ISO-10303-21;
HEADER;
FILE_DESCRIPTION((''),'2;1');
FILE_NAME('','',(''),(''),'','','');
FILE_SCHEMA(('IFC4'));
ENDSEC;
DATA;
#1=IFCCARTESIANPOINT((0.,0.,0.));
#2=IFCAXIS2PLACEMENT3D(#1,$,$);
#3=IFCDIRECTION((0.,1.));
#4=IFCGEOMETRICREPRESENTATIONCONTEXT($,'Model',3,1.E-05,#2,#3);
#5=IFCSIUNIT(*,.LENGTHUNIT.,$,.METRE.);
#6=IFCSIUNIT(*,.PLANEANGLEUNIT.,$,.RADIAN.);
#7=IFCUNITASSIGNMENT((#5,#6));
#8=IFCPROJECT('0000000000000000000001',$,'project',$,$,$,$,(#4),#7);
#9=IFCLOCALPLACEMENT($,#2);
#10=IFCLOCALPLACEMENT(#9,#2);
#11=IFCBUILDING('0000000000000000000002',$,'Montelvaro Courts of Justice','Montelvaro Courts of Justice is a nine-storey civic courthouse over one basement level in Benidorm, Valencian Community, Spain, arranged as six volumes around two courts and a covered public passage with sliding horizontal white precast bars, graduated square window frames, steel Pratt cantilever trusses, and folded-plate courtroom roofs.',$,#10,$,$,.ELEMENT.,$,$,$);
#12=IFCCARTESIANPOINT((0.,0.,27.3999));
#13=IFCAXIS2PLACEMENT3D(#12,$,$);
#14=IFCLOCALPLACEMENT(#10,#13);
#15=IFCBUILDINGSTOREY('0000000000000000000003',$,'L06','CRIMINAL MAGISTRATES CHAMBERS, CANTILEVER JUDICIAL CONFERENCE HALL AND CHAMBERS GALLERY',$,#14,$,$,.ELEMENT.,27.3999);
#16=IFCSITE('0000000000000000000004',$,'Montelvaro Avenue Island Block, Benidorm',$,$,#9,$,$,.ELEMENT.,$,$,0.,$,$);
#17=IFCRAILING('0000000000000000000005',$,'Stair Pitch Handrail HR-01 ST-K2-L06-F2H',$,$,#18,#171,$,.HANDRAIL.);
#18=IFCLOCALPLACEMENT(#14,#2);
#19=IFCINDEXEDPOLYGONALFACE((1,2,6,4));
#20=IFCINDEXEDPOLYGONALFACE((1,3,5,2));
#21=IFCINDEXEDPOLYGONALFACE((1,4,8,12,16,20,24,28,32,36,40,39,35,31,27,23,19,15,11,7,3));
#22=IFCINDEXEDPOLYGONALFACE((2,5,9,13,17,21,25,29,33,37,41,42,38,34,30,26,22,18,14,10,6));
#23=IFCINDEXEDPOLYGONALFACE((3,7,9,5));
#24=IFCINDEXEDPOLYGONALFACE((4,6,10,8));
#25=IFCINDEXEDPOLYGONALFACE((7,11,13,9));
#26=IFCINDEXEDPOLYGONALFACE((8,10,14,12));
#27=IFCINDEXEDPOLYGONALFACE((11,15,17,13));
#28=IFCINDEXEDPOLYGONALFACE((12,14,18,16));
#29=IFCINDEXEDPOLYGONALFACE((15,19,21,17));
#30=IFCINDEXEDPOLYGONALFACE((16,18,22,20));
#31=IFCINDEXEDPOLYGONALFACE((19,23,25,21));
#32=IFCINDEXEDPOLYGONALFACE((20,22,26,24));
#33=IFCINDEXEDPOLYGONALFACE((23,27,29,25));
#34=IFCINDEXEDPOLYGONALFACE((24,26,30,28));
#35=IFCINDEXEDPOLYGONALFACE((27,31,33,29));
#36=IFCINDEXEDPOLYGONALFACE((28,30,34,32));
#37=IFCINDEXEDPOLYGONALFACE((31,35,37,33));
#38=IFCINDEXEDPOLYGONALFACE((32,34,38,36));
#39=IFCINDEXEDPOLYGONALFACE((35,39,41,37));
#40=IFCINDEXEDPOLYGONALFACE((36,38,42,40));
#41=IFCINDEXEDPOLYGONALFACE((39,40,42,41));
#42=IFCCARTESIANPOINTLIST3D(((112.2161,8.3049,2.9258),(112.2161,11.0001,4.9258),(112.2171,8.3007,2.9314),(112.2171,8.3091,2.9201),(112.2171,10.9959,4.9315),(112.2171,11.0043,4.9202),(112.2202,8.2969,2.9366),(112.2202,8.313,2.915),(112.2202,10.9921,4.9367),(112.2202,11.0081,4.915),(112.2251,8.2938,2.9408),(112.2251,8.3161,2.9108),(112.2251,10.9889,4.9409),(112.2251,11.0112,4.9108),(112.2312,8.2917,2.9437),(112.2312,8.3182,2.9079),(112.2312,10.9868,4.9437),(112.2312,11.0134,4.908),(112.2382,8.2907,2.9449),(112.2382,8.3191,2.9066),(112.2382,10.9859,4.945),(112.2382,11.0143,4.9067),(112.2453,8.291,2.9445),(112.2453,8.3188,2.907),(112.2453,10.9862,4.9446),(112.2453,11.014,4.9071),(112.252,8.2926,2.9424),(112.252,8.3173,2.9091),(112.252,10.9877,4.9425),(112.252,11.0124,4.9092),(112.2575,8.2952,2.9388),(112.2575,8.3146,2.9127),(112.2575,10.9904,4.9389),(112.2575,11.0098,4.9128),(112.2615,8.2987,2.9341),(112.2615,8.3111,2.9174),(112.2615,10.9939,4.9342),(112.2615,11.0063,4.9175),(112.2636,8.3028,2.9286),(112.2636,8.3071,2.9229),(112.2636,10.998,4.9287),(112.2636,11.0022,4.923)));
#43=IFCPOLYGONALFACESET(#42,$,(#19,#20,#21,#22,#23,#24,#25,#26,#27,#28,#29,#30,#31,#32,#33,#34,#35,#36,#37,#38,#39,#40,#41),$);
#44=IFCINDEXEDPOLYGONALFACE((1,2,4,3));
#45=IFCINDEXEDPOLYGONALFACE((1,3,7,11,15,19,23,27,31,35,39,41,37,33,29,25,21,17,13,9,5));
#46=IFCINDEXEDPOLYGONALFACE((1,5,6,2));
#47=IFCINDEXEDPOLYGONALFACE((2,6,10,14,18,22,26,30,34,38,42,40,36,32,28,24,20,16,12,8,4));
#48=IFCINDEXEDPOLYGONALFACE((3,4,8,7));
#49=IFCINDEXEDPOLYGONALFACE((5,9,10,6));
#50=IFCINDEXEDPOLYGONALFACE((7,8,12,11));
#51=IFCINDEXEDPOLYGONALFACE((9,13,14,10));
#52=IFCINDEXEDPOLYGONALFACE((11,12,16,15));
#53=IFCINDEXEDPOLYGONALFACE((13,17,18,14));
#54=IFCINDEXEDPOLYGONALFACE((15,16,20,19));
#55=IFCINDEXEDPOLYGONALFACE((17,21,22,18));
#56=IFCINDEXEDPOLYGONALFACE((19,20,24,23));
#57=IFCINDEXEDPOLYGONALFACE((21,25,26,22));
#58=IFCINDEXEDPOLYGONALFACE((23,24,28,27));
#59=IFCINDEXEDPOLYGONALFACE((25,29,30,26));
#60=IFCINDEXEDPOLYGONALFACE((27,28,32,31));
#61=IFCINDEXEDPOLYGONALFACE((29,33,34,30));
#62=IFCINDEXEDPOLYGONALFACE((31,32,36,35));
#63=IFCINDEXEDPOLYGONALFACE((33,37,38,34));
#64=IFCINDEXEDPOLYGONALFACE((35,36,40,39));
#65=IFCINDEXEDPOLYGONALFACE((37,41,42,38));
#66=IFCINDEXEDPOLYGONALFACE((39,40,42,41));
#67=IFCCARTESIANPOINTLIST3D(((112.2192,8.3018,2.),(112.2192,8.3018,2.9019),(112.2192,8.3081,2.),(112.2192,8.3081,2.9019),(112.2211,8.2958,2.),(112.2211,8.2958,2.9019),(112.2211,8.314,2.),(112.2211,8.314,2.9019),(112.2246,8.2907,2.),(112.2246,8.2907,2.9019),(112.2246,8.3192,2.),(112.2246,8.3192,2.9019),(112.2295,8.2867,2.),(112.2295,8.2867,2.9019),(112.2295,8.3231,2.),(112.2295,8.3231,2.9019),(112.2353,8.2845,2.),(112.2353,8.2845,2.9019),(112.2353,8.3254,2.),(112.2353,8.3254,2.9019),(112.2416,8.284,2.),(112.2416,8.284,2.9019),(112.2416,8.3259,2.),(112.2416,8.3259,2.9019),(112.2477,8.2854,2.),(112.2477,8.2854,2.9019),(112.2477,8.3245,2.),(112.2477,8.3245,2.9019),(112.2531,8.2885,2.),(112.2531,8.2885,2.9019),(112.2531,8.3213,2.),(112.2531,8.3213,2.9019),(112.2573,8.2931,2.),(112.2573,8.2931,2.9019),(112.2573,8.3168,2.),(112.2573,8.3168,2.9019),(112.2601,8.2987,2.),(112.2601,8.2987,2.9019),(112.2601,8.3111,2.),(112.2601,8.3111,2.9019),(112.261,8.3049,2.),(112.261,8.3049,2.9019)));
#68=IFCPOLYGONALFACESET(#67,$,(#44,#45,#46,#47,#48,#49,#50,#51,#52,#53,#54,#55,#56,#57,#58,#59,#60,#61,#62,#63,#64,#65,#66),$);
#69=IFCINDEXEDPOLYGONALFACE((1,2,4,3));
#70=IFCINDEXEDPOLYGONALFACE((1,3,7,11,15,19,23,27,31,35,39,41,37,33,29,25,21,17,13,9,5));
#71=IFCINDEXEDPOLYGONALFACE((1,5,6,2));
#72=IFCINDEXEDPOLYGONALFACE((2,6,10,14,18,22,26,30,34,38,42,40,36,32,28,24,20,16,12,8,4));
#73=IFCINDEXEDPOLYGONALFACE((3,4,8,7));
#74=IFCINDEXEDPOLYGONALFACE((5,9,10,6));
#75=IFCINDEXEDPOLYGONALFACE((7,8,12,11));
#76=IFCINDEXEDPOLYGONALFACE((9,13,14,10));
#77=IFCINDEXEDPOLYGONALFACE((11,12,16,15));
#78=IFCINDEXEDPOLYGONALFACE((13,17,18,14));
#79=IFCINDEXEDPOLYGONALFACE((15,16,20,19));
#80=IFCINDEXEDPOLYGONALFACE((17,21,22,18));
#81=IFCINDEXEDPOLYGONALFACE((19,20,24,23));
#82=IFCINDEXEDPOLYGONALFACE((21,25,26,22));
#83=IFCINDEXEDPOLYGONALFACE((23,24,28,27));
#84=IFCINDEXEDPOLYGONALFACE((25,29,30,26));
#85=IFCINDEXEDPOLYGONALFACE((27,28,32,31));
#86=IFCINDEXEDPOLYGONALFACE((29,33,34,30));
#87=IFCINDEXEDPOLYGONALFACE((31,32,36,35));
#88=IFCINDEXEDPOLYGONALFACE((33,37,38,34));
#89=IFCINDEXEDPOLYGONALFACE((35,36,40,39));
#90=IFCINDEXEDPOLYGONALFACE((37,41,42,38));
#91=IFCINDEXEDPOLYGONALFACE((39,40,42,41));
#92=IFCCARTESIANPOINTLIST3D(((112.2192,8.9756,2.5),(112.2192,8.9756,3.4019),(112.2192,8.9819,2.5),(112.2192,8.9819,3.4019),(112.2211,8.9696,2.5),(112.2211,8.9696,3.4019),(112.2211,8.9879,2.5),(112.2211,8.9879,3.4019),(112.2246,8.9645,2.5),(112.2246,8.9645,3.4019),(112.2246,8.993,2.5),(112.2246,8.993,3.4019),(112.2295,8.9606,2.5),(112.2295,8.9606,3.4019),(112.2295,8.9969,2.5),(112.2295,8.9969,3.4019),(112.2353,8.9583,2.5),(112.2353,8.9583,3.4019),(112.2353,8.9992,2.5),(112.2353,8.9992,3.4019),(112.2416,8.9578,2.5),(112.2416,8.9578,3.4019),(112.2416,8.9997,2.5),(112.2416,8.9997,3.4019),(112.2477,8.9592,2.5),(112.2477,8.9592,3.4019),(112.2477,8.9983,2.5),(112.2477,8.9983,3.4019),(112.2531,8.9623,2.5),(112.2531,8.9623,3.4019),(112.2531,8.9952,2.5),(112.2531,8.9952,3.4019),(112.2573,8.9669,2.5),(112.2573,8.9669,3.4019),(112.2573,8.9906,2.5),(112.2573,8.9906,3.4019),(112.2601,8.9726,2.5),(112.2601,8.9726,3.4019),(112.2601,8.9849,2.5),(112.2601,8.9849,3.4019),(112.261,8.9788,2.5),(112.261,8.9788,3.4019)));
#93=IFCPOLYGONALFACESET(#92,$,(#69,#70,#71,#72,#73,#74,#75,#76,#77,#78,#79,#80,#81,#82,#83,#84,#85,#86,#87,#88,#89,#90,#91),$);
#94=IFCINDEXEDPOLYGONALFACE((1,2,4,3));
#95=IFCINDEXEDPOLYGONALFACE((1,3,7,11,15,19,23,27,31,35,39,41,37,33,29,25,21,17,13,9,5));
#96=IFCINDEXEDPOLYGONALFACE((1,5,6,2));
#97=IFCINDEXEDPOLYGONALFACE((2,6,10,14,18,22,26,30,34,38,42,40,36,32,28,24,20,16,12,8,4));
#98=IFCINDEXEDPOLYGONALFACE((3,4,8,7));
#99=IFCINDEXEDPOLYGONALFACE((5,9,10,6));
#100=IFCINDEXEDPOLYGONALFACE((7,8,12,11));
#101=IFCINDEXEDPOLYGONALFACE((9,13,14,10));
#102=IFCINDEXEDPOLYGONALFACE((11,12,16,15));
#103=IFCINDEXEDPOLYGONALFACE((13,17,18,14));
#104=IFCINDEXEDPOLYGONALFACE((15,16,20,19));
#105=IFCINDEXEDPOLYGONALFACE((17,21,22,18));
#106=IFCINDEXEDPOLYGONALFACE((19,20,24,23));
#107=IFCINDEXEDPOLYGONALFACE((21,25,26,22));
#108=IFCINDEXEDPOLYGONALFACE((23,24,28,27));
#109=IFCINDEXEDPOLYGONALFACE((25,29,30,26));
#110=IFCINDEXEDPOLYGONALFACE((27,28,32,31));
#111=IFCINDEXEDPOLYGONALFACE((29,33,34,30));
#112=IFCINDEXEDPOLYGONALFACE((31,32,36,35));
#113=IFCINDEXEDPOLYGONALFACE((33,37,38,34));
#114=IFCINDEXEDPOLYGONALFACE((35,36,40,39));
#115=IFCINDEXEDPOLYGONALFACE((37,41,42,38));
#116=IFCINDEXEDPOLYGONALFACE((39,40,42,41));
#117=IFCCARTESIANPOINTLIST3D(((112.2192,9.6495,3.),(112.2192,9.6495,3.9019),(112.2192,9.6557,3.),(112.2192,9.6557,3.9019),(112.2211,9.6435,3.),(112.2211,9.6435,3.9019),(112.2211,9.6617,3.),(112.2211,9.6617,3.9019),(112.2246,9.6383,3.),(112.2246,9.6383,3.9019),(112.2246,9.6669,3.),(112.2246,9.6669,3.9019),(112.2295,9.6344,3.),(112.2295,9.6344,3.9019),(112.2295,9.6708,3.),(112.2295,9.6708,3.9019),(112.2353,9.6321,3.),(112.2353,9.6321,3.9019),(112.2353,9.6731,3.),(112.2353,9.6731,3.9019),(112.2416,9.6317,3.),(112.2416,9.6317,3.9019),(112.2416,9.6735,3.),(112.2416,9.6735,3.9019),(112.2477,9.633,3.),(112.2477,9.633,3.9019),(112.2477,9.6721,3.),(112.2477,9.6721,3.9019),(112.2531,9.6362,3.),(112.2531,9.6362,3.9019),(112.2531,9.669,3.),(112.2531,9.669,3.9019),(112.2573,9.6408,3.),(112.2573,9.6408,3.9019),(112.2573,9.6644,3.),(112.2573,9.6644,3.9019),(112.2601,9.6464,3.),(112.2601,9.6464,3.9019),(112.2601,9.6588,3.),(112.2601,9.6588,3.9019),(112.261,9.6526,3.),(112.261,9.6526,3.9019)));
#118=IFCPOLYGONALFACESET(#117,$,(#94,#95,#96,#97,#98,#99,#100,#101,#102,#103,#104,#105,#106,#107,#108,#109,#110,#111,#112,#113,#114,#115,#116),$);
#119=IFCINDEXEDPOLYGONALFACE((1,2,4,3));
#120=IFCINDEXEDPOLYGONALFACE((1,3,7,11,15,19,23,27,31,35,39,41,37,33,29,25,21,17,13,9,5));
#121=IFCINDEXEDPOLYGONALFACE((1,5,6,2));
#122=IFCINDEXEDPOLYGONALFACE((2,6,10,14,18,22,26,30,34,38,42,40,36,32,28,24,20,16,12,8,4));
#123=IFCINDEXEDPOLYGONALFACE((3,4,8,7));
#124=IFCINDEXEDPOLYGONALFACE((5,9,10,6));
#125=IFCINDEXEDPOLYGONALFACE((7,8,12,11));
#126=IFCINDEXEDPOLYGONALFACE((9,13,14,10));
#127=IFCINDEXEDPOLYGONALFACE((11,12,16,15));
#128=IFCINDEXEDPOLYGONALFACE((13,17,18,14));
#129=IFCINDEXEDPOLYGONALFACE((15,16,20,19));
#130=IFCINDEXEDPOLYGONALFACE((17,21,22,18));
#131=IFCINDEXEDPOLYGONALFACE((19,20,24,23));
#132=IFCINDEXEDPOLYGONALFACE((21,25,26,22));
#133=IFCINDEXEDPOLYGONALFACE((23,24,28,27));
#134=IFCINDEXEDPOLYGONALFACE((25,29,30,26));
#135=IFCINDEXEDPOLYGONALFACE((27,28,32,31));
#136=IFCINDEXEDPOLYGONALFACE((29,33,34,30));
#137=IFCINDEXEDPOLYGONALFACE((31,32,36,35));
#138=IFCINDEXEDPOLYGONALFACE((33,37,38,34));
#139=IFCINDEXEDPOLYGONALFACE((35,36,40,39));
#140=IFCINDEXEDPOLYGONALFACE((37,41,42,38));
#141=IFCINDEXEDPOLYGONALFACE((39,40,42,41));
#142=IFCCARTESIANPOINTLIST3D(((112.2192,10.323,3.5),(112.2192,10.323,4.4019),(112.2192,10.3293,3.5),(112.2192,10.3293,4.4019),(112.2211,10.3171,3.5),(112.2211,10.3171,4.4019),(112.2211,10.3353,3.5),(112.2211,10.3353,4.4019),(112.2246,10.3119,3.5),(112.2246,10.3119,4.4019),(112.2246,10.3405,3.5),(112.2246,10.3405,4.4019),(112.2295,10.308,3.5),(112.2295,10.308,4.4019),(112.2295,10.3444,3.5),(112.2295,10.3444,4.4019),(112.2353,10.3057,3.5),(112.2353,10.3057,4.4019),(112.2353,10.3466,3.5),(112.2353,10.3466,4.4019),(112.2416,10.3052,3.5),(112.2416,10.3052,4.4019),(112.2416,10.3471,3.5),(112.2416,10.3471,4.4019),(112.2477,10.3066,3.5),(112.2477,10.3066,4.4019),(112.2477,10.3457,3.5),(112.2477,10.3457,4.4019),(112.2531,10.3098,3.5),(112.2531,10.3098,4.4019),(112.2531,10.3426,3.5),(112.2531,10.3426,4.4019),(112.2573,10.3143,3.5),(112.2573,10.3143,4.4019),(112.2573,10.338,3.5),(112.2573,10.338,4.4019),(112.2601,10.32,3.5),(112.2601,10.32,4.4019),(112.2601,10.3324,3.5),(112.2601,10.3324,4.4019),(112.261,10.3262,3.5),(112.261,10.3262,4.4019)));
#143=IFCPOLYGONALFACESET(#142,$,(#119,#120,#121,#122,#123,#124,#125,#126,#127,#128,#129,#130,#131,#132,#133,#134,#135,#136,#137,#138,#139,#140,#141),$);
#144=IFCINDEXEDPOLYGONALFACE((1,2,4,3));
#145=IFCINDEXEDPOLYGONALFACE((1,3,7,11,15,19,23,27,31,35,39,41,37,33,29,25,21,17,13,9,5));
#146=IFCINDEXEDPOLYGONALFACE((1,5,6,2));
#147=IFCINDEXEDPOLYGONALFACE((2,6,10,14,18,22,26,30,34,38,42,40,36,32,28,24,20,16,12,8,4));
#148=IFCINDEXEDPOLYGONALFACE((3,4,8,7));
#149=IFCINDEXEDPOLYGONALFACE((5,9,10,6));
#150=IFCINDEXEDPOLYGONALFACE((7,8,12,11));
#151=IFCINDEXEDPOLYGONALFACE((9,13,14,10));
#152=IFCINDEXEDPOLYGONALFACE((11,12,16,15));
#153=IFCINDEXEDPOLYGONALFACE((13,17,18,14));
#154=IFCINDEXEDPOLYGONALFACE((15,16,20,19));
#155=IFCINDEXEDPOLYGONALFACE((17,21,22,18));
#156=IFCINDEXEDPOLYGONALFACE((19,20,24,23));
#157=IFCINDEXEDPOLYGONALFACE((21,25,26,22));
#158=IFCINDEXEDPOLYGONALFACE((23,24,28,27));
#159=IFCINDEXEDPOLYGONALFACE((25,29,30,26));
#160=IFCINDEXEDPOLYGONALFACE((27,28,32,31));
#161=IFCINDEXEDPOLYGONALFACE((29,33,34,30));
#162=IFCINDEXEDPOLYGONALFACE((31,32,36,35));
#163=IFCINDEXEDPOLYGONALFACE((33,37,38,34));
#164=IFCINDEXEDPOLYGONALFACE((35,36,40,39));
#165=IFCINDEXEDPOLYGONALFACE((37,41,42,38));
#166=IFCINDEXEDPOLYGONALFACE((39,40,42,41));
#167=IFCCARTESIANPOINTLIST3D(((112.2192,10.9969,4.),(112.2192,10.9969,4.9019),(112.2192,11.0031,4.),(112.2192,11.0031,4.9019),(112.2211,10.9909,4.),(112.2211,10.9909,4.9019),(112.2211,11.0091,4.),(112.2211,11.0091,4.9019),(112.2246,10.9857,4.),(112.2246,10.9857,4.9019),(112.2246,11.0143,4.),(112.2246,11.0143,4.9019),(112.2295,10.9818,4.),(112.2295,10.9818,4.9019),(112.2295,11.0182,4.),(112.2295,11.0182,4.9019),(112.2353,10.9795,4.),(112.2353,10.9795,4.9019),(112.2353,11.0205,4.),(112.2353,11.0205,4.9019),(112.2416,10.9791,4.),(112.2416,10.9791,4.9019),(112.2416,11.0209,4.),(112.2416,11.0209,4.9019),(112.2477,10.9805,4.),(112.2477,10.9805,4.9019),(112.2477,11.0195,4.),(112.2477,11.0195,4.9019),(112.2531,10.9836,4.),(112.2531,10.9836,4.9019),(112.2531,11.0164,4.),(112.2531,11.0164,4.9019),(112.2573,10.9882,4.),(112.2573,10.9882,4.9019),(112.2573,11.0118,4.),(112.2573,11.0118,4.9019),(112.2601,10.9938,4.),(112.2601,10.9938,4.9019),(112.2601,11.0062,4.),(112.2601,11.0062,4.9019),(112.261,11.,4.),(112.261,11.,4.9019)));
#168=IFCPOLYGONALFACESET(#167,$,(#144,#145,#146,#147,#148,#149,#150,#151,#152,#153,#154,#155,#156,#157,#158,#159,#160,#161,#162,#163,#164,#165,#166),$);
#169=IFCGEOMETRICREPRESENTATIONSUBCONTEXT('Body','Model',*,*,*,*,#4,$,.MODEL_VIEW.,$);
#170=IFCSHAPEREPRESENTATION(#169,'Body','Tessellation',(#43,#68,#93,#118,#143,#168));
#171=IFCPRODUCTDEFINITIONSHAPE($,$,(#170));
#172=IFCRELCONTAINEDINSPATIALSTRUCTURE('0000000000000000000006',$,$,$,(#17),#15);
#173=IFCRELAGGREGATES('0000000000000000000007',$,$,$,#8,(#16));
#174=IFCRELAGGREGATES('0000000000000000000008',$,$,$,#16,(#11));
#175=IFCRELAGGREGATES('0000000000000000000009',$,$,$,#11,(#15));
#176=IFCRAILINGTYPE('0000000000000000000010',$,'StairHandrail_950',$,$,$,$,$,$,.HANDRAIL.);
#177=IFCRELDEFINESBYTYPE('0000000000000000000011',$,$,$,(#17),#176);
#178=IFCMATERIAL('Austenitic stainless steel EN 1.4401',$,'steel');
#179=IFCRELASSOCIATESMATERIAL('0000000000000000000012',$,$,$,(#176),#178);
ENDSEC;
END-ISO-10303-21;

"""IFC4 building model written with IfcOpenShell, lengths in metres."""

from ifc_helpers import new_model, si_unit, direction, frame, origin, origin_2d, place, context, subcontext, project, spatial, circle, extrude, material, type_object, element, save


model = new_model("IFC4")

# Units and contexts
model_context = context("Model", 3, precision=1e-05, world=origin(), true_north=direction((0.0, 1.0)))
body_context = subcontext(model_context, "Body", "Model", "MODEL_VIEW")
ifc_project = project(units=[si_unit("LENGTHUNIT", "METRE"), si_unit("PLANEANGLEUNIT", "RADIAN")], contexts=[model_context])

# Site, building, storey
site_placement = place(None, origin())
site = spatial("IfcSite", under=ifc_project, at=site_placement, Name="Montelvaro Avenue Island Block, Benidorm", CompositionType="ELEMENT", RefElevation=0.0)
building_placement = place(site_placement, origin())
building = spatial("IfcBuilding", under=site, at=building_placement, Name="Montelvaro Courts of Justice", Description="Montelvaro Courts of Justice is a nine-storey civic courthouse over one basement level in Benidorm, Valencian Community, Spain, arranged as six volumes around two courts and a covered public passage with sliding horizontal white precast bars, graduated square window frames, steel Pratt cantilever trusses, and folded-plate courtroom roofs.", CompositionType="ELEMENT")
storey_placement = place(building_placement, frame((0.0, 0.0, 27.3999)))
storey = spatial("IfcBuildingStorey", under=building, at=storey_placement, Name="L06", Description="CRIMINAL MAGISTRATES CHAMBERS, CANTILEVER JUDICIAL CONFERENCE HALL AND CHAMBERS GALLERY", CompositionType="ELEMENT", Elevation=27.3999)

# Railing
ifc_material_1 = material(Name="Austenitic stainless steel EN 1.4401", Category="steel")
railing_type_1 = type_object("IfcRailingType", Name="StairHandrail_950", PredefinedType="HANDRAIL", material=ifc_material_1)
railing_1_placement = place(storey_placement, frame((112.24, 8.3049, 2.0)))
element("IfcRailing", 1, at=railing_1_placement, inside=storey, type_object=railing_type_1, Name="Stair Pitch Handrail HR-01 ST-K2-L06-F2H", PredefinedType="HANDRAIL", context=body_context, shape_type="SweptSolid", body=[
    extrude(circle(Radius=0.0239, at=origin_2d()), frame((0.0, 0.0, 0.9258), z_axis=(0.0, 0.803036, 0.59593), x_axis=(-1.0, 0.0, 0.0)), (0.0, 0.0, 1.0), 3.3562),
    extrude(circle(Radius=0.021, at=origin_2d()), origin(), (0.0, 0.0, 1.0), 0.9019),
    extrude(circle(Radius=0.021, at=origin_2d()), frame((0.0, 0.6738, 0.5)), (0.0, 0.0, 1.0), 0.9019),
    extrude(circle(Radius=0.021, at=origin_2d()), frame((0.0, 1.3477, 1.0)), (0.0, 0.0, 1.0), 0.9019),
    extrude(circle(Radius=0.021, at=origin_2d()), frame((0.0, 2.0212, 1.5)), (0.0, 0.0, 1.0), 0.9019),
    extrude(circle(Radius=0.021, at=origin_2d()), frame((0.0, 2.6951, 2.0)), (0.0, 0.0, 1.0), 0.9019),
])

save(model, "model.ifc")
